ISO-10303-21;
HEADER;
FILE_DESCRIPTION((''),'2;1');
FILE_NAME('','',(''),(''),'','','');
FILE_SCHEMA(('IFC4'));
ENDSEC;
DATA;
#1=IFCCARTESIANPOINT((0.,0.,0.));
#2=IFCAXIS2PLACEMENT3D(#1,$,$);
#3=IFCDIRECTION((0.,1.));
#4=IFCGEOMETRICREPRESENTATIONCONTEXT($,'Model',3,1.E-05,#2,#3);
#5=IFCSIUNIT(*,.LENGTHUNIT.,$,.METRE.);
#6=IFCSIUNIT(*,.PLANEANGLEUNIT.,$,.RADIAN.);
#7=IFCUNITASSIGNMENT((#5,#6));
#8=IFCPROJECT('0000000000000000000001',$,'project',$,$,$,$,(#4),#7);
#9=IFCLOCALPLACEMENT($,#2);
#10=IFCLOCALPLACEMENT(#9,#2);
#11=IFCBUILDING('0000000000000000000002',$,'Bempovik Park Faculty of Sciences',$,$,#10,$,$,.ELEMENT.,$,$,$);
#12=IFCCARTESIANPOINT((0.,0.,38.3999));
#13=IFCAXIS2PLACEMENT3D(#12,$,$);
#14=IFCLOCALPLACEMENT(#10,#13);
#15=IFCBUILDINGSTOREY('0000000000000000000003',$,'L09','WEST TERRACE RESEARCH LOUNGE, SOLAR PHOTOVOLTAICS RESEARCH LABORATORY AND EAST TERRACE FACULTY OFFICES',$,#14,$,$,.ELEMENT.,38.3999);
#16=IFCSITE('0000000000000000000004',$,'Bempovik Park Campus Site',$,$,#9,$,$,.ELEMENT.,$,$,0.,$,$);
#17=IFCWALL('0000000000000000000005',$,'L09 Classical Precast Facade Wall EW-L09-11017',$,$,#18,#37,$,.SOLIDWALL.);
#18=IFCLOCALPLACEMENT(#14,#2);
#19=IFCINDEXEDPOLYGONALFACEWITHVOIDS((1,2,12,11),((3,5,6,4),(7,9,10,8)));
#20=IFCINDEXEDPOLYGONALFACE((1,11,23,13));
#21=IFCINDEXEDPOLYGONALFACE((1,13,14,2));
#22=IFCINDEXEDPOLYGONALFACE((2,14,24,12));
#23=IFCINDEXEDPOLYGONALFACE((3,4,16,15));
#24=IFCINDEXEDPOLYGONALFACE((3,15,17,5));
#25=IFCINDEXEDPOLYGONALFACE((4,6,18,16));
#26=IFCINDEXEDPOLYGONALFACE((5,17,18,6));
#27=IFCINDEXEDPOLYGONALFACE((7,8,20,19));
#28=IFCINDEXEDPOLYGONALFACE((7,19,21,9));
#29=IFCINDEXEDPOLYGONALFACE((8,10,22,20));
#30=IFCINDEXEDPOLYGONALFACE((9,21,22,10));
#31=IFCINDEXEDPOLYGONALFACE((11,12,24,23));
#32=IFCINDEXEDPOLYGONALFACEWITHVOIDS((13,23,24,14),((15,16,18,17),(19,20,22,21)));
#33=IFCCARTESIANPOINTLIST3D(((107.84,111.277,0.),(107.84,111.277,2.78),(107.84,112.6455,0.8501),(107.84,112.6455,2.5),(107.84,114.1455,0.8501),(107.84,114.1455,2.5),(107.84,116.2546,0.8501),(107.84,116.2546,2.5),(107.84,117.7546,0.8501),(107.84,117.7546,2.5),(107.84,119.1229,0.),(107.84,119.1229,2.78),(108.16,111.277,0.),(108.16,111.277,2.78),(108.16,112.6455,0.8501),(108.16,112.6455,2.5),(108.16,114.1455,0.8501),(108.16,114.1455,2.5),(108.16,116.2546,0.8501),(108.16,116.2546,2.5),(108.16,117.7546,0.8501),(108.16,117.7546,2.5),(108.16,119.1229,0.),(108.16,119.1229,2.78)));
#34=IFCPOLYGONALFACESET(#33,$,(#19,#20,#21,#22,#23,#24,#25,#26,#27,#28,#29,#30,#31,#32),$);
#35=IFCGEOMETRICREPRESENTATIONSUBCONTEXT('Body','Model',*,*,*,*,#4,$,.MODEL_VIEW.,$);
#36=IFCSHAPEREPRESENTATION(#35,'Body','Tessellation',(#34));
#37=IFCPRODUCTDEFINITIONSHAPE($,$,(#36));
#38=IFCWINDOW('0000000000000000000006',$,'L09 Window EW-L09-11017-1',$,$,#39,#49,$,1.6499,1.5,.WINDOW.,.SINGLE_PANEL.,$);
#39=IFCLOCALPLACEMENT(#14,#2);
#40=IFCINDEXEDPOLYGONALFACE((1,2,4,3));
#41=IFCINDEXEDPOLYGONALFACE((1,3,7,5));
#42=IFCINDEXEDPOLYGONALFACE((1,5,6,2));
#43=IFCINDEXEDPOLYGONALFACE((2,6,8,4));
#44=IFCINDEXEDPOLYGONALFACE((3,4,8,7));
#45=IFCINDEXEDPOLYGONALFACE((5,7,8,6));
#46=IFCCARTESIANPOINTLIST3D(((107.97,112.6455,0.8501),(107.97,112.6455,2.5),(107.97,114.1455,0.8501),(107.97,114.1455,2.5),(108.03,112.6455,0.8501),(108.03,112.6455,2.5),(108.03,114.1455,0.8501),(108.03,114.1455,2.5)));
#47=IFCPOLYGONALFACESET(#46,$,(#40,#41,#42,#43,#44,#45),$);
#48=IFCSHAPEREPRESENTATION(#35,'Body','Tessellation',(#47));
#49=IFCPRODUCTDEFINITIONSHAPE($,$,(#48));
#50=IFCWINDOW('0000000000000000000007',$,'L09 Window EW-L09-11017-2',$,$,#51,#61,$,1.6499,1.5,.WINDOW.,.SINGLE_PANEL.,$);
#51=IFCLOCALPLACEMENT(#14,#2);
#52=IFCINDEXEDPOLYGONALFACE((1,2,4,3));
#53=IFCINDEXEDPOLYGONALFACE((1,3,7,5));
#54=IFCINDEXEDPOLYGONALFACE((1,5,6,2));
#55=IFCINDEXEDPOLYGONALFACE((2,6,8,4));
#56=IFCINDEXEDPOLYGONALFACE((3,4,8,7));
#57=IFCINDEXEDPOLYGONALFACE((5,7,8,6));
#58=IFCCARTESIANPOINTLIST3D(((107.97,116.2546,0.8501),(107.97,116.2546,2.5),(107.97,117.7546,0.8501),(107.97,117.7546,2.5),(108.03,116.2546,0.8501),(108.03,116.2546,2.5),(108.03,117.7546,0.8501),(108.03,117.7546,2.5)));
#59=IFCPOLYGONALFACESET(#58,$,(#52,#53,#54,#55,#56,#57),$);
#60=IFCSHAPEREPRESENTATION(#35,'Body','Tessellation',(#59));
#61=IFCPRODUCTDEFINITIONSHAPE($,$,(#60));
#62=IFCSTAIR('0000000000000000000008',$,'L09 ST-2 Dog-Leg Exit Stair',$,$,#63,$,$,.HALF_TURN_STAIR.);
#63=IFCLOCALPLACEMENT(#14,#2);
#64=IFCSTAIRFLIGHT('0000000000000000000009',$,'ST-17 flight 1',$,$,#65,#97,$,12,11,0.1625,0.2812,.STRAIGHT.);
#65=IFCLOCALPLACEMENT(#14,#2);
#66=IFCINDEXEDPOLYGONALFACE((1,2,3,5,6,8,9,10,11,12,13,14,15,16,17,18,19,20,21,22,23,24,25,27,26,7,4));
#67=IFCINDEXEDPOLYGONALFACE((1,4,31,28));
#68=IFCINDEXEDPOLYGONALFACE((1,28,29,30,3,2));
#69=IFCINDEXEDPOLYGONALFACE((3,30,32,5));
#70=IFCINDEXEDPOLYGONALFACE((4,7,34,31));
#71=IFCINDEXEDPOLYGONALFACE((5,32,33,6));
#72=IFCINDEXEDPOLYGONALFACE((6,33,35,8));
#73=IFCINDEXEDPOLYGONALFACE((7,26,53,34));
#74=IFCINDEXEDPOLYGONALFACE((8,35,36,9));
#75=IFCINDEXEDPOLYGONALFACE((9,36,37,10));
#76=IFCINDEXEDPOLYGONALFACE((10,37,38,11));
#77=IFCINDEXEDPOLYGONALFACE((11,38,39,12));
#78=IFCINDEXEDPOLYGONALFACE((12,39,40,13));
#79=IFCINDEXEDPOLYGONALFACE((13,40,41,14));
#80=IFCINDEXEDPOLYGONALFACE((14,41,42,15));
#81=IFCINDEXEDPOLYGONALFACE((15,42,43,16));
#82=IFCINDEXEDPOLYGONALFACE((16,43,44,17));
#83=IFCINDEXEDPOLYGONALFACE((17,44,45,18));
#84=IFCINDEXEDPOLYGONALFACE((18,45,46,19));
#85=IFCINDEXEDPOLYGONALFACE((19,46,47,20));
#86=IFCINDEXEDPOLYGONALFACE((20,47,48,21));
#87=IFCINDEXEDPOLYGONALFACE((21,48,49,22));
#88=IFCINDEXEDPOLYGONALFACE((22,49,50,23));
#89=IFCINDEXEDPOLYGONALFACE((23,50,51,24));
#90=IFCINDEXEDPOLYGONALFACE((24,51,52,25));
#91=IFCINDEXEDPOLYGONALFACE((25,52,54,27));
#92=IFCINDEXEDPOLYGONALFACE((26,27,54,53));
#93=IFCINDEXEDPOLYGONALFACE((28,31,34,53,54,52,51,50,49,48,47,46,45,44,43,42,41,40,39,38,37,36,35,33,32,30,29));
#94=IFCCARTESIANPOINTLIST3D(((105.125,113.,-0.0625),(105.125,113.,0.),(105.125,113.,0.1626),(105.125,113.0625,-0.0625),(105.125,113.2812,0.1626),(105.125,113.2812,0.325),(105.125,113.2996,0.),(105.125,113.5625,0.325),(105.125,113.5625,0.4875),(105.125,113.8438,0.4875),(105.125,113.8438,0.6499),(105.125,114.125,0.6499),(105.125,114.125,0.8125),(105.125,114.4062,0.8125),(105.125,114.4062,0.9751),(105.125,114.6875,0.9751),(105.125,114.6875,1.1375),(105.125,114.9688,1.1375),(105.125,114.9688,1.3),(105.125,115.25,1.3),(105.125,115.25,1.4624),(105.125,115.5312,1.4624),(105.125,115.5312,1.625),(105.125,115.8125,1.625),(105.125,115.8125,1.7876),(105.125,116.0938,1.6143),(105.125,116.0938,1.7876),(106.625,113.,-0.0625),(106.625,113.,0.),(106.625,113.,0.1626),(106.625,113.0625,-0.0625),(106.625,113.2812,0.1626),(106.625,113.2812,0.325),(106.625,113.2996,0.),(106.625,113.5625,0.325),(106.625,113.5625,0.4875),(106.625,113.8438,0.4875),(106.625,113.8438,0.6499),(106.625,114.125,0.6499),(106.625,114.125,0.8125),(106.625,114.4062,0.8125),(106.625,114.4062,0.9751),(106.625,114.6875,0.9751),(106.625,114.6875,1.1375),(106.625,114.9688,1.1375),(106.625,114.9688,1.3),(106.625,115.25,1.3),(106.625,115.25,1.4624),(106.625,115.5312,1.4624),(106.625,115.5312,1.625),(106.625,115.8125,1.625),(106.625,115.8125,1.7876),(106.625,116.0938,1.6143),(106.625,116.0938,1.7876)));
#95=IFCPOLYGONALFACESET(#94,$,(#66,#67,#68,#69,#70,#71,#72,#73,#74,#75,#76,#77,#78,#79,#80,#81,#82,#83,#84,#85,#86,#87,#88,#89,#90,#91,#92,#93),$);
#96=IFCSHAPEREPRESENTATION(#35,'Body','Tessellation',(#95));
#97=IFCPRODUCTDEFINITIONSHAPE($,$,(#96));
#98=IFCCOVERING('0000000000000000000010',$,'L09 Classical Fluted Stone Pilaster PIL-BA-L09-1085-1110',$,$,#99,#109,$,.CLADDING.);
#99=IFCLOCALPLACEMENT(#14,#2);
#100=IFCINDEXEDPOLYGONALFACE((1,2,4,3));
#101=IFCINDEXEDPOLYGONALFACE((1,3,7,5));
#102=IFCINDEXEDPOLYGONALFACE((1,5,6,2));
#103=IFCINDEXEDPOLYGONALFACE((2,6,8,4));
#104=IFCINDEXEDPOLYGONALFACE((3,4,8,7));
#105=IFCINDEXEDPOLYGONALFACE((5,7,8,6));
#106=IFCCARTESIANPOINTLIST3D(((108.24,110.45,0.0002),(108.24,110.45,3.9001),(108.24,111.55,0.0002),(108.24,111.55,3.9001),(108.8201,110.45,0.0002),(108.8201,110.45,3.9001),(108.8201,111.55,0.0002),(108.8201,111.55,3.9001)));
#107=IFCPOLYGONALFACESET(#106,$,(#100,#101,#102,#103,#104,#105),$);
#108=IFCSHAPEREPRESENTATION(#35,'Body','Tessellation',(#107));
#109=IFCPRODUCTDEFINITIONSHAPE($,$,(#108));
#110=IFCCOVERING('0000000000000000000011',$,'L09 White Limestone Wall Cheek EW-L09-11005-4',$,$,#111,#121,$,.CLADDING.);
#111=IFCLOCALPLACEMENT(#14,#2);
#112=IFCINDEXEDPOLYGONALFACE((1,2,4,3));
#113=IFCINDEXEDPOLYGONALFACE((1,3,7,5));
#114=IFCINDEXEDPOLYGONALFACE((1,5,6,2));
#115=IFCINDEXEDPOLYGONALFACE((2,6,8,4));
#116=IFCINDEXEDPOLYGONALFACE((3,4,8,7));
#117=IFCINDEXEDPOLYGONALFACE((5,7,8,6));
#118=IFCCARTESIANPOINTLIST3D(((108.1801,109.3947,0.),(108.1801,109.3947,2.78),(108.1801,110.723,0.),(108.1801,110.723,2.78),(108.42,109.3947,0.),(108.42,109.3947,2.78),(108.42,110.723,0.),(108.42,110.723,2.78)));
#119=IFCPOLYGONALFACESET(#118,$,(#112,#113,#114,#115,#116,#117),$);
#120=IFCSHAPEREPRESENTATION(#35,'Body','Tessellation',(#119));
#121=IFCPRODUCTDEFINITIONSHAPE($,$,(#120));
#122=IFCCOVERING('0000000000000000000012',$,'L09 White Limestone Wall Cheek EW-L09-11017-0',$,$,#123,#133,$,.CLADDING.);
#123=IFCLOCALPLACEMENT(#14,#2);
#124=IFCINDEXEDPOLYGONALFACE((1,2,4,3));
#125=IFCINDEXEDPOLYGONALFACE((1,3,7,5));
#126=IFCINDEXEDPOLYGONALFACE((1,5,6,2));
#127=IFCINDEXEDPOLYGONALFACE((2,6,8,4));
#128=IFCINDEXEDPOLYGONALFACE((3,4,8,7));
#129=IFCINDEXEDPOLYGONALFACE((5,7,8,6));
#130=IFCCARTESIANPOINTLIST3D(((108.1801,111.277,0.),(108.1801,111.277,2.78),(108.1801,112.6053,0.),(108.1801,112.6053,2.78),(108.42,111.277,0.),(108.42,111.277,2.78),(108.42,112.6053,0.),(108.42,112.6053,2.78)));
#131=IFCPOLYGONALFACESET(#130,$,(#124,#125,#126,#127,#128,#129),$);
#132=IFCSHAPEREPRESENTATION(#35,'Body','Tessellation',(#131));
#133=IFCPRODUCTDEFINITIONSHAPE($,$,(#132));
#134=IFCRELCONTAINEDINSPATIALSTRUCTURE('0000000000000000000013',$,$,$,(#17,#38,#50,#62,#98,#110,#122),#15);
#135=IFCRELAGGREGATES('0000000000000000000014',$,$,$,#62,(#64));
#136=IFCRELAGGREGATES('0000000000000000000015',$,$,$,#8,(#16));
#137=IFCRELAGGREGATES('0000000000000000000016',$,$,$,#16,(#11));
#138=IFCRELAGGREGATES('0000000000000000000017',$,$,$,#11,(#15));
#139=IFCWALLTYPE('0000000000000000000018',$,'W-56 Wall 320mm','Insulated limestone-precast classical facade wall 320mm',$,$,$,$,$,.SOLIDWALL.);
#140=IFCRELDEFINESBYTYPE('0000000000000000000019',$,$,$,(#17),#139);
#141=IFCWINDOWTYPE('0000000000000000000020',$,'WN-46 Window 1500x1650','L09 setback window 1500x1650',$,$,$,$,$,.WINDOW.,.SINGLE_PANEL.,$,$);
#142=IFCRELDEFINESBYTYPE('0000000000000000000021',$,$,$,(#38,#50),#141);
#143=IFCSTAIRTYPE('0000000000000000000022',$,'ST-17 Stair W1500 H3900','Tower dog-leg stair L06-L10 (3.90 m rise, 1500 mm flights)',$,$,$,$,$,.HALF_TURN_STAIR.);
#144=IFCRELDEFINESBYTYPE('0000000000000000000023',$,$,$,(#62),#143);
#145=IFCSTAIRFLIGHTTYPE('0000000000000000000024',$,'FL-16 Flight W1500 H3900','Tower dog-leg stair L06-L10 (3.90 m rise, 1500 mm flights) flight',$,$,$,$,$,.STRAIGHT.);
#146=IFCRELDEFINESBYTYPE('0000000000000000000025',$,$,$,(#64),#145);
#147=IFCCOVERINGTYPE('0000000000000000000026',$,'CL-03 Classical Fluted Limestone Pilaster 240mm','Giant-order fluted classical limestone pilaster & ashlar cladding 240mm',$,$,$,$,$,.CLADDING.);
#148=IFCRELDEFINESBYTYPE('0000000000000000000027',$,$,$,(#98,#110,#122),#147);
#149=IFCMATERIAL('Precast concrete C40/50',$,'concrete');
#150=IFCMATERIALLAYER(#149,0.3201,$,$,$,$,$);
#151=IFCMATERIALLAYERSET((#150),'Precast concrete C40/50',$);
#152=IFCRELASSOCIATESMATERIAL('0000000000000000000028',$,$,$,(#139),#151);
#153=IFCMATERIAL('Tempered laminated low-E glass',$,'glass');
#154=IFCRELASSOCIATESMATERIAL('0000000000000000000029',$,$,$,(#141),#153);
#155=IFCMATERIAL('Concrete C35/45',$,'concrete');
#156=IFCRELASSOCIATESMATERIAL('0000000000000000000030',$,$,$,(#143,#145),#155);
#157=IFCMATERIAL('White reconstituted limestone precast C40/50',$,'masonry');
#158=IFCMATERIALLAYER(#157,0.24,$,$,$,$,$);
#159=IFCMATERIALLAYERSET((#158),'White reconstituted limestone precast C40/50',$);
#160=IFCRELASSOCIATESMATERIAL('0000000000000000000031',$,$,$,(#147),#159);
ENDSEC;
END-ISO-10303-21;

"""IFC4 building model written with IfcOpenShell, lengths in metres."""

from ifc_helpers import new_model, si_unit, direction, frame, frame_2d, origin, origin_2d, place, context, subcontext, project, spatial, polyline, rectangle, outline, extrude, material, layer, layer_set, type_object, element, fill, aggregate, save


model = new_model("IFC4")

# Units and contexts
model_context = context("Model", 3, precision=1e-05, world=origin(), true_north=direction((0.0, 1.0)))
body_context = subcontext(model_context, "Body", "Model", "MODEL_VIEW")
ifc_project = project(units=[si_unit("LENGTHUNIT", "METRE"), si_unit("PLANEANGLEUNIT", "RADIAN")], contexts=[model_context])

# Site, building, storey
site_placement = place(None, origin())
site = spatial("IfcSite", under=ifc_project, at=site_placement, Name="Bempovik Park Campus Site", CompositionType="ELEMENT", RefElevation=0.0)
building_placement = place(site_placement, origin())
building = spatial("IfcBuilding", under=site, at=building_placement, Name="Bempovik Park Faculty of Sciences", CompositionType="ELEMENT")
storey_placement = place(building_placement, frame((0.0, 0.0, 38.3999)))
storey = spatial("IfcBuildingStorey", under=building, at=storey_placement, Name="L09", Description="WEST TERRACE RESEARCH LOUNGE, SOLAR PHOTOVOLTAICS RESEARCH LABORATORY AND EAST TERRACE FACULTY OFFICES", CompositionType="ELEMENT", Elevation=38.3999)

# Shared definitions
ifc_material_1 = material(Name="Concrete C35/45", Category="concrete")

# Wall, openings, windows
ifc_material_2 = material(Name="Precast concrete C40/50", Category="concrete")
ifc_layer_1 = layer(ifc_material_2, 0.3201)
ifc_layer_set_1 = layer_set([ifc_layer_1], Name="Precast concrete C40/50")
wall_type_1 = type_object("IfcWallType", Name="W-56 Wall 320mm", Description="Insulated limestone-precast classical facade wall 320mm", PredefinedType="SOLIDWALL", material=ifc_layer_set_1)
wall_1_placement = place(storey_placement, frame((108.0, 111.2771, 0.0), z_axis=(0.0, 0.0, 1.0), x_axis=(0.0, 1.0, 0.0)))
wall_1 = element("IfcWall", 1, at=wall_1_placement, inside=storey, type_object=wall_type_1, Name="L09 Classical Precast Facade Wall EW-L09-11017", PredefinedType="SOLIDWALL", context=body_context, shape_type="SweptSolid", body=[
    extrude(rectangle(XDim=7.8459, YDim=0.3201, at=frame_2d((3.9229, 0.0))), origin(), (0.0, 0.0, 1.0), 2.78),
])
opening_1_placement = place(wall_1_placement, frame((1.3684, 0.0, 0.8501)))
opening_1 = element("IfcOpeningElement", 2, at=opening_1_placement, cuts=wall_1, PredefinedType="OPENING", context=body_context, shape_type="SweptSolid", body=[
    extrude(rectangle(XDim=1.5, YDim=1.6499, at=frame_2d((0.75, 0.825))), frame((0.0, 0.1699, 0.0), z_axis=(0.0, -1.0, 0.0), x_axis=(1.0, 0.0, 0.0)), (0.0, 0.0, 1.0), 0.3401),
])
opening_2_placement = place(wall_1_placement, frame((4.9775, 0.0, 0.8501)))
opening_2 = element("IfcOpeningElement", 3, at=opening_2_placement, cuts=wall_1, PredefinedType="OPENING", context=body_context, shape_type="SweptSolid", body=[
    extrude(rectangle(XDim=1.5, YDim=1.6499, at=frame_2d((0.75, 0.825))), frame((0.0, 0.1699, 0.0), z_axis=(0.0, -1.0, 0.0), x_axis=(1.0, 0.0, 0.0)), (0.0, 0.0, 1.0), 0.3401),
])
ifc_material_3 = material(Name="Tempered laminated low-E glass", Category="glass")
window_type = type_object("IfcWindowType", Name="WN-46 Window 1500x1650", Description="L09 setback window 1500x1650", PartitioningType="SINGLE_PANEL", PredefinedType="WINDOW", material=ifc_material_3)
window_1_placement = place(opening_1_placement, origin())
window_1 = element("IfcWindow", 4, at=window_1_placement, inside=storey, type_object=window_type, Name="L09 Window EW-L09-11017-1", OverallHeight=1.6499, OverallWidth=1.5, PartitioningType="SINGLE_PANEL", PredefinedType="WINDOW", context=body_context, shape_type="SweptSolid", body=[
    extrude(rectangle(XDim=1.5, YDim=1.6499, at=frame_2d((0.75, 0.825))), frame((0.0, 0.03, 0.0), z_axis=(0.0, -1.0, 0.0), x_axis=(1.0, 0.0, 0.0)), (0.0, 0.0, 1.0), 0.0601),
])
fill(opening_1, window_1)
window_2_placement = place(opening_2_placement, origin())
window_2 = element("IfcWindow", 5, at=window_2_placement, inside=storey, type_object=window_type, Name="L09 Window EW-L09-11017-2", OverallHeight=1.6499, OverallWidth=1.5, PartitioningType="SINGLE_PANEL", PredefinedType="WINDOW", context=body_context, shape_type="SweptSolid", body=[
    extrude(rectangle(XDim=1.5, YDim=1.6499, at=frame_2d((0.75, 0.825))), frame((0.0, 0.03, 0.0), z_axis=(0.0, -1.0, 0.0), x_axis=(1.0, 0.0, 0.0)), (0.0, 0.0, 1.0), 0.0601),
])
fill(opening_2, window_2)

# Stair, stair flight
stair_type = type_object("IfcStairType", Name="ST-17 Stair W1500 H3900", Description="Tower dog-leg stair L06-L10 (3.90 m rise, 1500 mm flights)", PredefinedType="HALF_TURN_STAIR", material=ifc_material_1)
stair_placement = place(storey_placement, origin())
stair = element("IfcStair", 6, at=stair_placement, inside=storey, type_object=stair_type, Name="L09 ST-2 Dog-Leg Exit Stair", PredefinedType="HALF_TURN_STAIR")
stair_flight_type = type_object("IfcStairFlightType", Name="FL-16 Flight W1500 H3900", Description="Tower dog-leg stair L06-L10 (3.90 m rise, 1500 mm flights) flight", PredefinedType="STRAIGHT", material=ifc_material_1)
stair_flight_placement = place(storey_placement, frame((105.875, 113.0, 0.0), z_axis=(0.0, 0.0, 1.0), x_axis=(0.0, 1.0, 0.0)))
stair_flight = element("IfcStairFlight", 7, at=stair_flight_placement, type_object=stair_flight_type, Name="ST-17 flight 1", NumberOfRisers=12, NumberOfTreads=11, PredefinedType="STRAIGHT", RiserHeight=0.1625, TreadLength=0.2812, context=body_context, shape_type="SweptSolid", body=[
    extrude(outline(polyline([(0.0, 0.0), (0.0, 0.1626), (0.2812, 0.1626), (0.2812, 0.325), (0.5625, 0.325), (0.5625, 0.4875), (0.8438, 0.4875), (0.8438, 0.6499), (1.125, 0.6499), (1.125, 0.8125), (1.4062, 0.8125), (1.4062, 0.9751), (1.6875, 0.9751), (1.6875, 1.1375), (1.9688, 1.1375), (1.9688, 1.3), (2.25, 1.3), (2.25, 1.4624), (2.5312, 1.4624), (2.5312, 1.625), (2.8125, 1.625), (2.8125, 1.7876), (3.0938, 1.7876), (3.0938, 1.95), (3.0938, 1.6143), (0.2996, 0.0), (0.0625, -0.0625), (0.0, -0.0625), (0.0, 0.0)])), frame((0.0, 0.75, 0.0), z_axis=(0.0, -1.0, 0.0), x_axis=(1.0, 0.0, 0.0)), (0.0, 0.0, 1.0), 1.5),
])
aggregate(stair, [stair_flight])

# Coverings
ifc_material_4 = material(Name="White reconstituted limestone precast C40/50", Category="masonry")
ifc_layer_2 = layer(ifc_material_4, 0.24)
ifc_layer_set_2 = layer_set([ifc_layer_2], Name="White reconstituted limestone precast C40/50")
covering_type = type_object("IfcCoveringType", Name="CL-03 Classical Fluted Limestone Pilaster 240mm", Description="Giant-order fluted classical limestone pilaster & ashlar cladding 240mm", PredefinedType="CLADDING", material=ifc_layer_set_2)
covering_placement = place(storey_placement, frame((108.53, 111.0, 0.0002), z_axis=(0.0, 0.0, 1.0), x_axis=(1.0, 0.0, 0.0)))
element("IfcCovering", 8, at=covering_placement, inside=storey, type_object=covering_type, Name="L09 Classical Fluted Stone Pilaster PIL-BA-L09-1085-1110", PredefinedType="CLADDING", context=body_context, shape_type="SweptSolid", body=[
    extrude(rectangle(XDim=0.5801, YDim=1.1001, at=origin_2d()), origin(), (0.0, 0.0, 1.0), 3.8999),
])
for number, where, z_axis, x_axis, name in (
    (9, (108.3, 110.0588, 0.0), (0.0, 0.0, 1.0), (1.0, 0.0, 0.0), "L09 White Limestone Wall Cheek EW-L09-11005-4"),
    (10, (108.3, 111.9412, 0.0), (0.0, 0.0, 1.0), (1.0, 0.0, 0.0), "L09 White Limestone Wall Cheek EW-L09-11017-0"),
):
    element("IfcCovering", number, at=place(storey_placement, frame(where, z_axis=z_axis, x_axis=x_axis)), inside=storey, type_object=covering_type, Name=name, PredefinedType="CLADDING", context=body_context, shape_type="SweptSolid", body=[
        extrude(rectangle(XDim=0.24, YDim=1.3284, at=origin_2d()), origin(), (0.0, 0.0, 1.0), 2.78),
    ])

save(model, "model.ifc")
